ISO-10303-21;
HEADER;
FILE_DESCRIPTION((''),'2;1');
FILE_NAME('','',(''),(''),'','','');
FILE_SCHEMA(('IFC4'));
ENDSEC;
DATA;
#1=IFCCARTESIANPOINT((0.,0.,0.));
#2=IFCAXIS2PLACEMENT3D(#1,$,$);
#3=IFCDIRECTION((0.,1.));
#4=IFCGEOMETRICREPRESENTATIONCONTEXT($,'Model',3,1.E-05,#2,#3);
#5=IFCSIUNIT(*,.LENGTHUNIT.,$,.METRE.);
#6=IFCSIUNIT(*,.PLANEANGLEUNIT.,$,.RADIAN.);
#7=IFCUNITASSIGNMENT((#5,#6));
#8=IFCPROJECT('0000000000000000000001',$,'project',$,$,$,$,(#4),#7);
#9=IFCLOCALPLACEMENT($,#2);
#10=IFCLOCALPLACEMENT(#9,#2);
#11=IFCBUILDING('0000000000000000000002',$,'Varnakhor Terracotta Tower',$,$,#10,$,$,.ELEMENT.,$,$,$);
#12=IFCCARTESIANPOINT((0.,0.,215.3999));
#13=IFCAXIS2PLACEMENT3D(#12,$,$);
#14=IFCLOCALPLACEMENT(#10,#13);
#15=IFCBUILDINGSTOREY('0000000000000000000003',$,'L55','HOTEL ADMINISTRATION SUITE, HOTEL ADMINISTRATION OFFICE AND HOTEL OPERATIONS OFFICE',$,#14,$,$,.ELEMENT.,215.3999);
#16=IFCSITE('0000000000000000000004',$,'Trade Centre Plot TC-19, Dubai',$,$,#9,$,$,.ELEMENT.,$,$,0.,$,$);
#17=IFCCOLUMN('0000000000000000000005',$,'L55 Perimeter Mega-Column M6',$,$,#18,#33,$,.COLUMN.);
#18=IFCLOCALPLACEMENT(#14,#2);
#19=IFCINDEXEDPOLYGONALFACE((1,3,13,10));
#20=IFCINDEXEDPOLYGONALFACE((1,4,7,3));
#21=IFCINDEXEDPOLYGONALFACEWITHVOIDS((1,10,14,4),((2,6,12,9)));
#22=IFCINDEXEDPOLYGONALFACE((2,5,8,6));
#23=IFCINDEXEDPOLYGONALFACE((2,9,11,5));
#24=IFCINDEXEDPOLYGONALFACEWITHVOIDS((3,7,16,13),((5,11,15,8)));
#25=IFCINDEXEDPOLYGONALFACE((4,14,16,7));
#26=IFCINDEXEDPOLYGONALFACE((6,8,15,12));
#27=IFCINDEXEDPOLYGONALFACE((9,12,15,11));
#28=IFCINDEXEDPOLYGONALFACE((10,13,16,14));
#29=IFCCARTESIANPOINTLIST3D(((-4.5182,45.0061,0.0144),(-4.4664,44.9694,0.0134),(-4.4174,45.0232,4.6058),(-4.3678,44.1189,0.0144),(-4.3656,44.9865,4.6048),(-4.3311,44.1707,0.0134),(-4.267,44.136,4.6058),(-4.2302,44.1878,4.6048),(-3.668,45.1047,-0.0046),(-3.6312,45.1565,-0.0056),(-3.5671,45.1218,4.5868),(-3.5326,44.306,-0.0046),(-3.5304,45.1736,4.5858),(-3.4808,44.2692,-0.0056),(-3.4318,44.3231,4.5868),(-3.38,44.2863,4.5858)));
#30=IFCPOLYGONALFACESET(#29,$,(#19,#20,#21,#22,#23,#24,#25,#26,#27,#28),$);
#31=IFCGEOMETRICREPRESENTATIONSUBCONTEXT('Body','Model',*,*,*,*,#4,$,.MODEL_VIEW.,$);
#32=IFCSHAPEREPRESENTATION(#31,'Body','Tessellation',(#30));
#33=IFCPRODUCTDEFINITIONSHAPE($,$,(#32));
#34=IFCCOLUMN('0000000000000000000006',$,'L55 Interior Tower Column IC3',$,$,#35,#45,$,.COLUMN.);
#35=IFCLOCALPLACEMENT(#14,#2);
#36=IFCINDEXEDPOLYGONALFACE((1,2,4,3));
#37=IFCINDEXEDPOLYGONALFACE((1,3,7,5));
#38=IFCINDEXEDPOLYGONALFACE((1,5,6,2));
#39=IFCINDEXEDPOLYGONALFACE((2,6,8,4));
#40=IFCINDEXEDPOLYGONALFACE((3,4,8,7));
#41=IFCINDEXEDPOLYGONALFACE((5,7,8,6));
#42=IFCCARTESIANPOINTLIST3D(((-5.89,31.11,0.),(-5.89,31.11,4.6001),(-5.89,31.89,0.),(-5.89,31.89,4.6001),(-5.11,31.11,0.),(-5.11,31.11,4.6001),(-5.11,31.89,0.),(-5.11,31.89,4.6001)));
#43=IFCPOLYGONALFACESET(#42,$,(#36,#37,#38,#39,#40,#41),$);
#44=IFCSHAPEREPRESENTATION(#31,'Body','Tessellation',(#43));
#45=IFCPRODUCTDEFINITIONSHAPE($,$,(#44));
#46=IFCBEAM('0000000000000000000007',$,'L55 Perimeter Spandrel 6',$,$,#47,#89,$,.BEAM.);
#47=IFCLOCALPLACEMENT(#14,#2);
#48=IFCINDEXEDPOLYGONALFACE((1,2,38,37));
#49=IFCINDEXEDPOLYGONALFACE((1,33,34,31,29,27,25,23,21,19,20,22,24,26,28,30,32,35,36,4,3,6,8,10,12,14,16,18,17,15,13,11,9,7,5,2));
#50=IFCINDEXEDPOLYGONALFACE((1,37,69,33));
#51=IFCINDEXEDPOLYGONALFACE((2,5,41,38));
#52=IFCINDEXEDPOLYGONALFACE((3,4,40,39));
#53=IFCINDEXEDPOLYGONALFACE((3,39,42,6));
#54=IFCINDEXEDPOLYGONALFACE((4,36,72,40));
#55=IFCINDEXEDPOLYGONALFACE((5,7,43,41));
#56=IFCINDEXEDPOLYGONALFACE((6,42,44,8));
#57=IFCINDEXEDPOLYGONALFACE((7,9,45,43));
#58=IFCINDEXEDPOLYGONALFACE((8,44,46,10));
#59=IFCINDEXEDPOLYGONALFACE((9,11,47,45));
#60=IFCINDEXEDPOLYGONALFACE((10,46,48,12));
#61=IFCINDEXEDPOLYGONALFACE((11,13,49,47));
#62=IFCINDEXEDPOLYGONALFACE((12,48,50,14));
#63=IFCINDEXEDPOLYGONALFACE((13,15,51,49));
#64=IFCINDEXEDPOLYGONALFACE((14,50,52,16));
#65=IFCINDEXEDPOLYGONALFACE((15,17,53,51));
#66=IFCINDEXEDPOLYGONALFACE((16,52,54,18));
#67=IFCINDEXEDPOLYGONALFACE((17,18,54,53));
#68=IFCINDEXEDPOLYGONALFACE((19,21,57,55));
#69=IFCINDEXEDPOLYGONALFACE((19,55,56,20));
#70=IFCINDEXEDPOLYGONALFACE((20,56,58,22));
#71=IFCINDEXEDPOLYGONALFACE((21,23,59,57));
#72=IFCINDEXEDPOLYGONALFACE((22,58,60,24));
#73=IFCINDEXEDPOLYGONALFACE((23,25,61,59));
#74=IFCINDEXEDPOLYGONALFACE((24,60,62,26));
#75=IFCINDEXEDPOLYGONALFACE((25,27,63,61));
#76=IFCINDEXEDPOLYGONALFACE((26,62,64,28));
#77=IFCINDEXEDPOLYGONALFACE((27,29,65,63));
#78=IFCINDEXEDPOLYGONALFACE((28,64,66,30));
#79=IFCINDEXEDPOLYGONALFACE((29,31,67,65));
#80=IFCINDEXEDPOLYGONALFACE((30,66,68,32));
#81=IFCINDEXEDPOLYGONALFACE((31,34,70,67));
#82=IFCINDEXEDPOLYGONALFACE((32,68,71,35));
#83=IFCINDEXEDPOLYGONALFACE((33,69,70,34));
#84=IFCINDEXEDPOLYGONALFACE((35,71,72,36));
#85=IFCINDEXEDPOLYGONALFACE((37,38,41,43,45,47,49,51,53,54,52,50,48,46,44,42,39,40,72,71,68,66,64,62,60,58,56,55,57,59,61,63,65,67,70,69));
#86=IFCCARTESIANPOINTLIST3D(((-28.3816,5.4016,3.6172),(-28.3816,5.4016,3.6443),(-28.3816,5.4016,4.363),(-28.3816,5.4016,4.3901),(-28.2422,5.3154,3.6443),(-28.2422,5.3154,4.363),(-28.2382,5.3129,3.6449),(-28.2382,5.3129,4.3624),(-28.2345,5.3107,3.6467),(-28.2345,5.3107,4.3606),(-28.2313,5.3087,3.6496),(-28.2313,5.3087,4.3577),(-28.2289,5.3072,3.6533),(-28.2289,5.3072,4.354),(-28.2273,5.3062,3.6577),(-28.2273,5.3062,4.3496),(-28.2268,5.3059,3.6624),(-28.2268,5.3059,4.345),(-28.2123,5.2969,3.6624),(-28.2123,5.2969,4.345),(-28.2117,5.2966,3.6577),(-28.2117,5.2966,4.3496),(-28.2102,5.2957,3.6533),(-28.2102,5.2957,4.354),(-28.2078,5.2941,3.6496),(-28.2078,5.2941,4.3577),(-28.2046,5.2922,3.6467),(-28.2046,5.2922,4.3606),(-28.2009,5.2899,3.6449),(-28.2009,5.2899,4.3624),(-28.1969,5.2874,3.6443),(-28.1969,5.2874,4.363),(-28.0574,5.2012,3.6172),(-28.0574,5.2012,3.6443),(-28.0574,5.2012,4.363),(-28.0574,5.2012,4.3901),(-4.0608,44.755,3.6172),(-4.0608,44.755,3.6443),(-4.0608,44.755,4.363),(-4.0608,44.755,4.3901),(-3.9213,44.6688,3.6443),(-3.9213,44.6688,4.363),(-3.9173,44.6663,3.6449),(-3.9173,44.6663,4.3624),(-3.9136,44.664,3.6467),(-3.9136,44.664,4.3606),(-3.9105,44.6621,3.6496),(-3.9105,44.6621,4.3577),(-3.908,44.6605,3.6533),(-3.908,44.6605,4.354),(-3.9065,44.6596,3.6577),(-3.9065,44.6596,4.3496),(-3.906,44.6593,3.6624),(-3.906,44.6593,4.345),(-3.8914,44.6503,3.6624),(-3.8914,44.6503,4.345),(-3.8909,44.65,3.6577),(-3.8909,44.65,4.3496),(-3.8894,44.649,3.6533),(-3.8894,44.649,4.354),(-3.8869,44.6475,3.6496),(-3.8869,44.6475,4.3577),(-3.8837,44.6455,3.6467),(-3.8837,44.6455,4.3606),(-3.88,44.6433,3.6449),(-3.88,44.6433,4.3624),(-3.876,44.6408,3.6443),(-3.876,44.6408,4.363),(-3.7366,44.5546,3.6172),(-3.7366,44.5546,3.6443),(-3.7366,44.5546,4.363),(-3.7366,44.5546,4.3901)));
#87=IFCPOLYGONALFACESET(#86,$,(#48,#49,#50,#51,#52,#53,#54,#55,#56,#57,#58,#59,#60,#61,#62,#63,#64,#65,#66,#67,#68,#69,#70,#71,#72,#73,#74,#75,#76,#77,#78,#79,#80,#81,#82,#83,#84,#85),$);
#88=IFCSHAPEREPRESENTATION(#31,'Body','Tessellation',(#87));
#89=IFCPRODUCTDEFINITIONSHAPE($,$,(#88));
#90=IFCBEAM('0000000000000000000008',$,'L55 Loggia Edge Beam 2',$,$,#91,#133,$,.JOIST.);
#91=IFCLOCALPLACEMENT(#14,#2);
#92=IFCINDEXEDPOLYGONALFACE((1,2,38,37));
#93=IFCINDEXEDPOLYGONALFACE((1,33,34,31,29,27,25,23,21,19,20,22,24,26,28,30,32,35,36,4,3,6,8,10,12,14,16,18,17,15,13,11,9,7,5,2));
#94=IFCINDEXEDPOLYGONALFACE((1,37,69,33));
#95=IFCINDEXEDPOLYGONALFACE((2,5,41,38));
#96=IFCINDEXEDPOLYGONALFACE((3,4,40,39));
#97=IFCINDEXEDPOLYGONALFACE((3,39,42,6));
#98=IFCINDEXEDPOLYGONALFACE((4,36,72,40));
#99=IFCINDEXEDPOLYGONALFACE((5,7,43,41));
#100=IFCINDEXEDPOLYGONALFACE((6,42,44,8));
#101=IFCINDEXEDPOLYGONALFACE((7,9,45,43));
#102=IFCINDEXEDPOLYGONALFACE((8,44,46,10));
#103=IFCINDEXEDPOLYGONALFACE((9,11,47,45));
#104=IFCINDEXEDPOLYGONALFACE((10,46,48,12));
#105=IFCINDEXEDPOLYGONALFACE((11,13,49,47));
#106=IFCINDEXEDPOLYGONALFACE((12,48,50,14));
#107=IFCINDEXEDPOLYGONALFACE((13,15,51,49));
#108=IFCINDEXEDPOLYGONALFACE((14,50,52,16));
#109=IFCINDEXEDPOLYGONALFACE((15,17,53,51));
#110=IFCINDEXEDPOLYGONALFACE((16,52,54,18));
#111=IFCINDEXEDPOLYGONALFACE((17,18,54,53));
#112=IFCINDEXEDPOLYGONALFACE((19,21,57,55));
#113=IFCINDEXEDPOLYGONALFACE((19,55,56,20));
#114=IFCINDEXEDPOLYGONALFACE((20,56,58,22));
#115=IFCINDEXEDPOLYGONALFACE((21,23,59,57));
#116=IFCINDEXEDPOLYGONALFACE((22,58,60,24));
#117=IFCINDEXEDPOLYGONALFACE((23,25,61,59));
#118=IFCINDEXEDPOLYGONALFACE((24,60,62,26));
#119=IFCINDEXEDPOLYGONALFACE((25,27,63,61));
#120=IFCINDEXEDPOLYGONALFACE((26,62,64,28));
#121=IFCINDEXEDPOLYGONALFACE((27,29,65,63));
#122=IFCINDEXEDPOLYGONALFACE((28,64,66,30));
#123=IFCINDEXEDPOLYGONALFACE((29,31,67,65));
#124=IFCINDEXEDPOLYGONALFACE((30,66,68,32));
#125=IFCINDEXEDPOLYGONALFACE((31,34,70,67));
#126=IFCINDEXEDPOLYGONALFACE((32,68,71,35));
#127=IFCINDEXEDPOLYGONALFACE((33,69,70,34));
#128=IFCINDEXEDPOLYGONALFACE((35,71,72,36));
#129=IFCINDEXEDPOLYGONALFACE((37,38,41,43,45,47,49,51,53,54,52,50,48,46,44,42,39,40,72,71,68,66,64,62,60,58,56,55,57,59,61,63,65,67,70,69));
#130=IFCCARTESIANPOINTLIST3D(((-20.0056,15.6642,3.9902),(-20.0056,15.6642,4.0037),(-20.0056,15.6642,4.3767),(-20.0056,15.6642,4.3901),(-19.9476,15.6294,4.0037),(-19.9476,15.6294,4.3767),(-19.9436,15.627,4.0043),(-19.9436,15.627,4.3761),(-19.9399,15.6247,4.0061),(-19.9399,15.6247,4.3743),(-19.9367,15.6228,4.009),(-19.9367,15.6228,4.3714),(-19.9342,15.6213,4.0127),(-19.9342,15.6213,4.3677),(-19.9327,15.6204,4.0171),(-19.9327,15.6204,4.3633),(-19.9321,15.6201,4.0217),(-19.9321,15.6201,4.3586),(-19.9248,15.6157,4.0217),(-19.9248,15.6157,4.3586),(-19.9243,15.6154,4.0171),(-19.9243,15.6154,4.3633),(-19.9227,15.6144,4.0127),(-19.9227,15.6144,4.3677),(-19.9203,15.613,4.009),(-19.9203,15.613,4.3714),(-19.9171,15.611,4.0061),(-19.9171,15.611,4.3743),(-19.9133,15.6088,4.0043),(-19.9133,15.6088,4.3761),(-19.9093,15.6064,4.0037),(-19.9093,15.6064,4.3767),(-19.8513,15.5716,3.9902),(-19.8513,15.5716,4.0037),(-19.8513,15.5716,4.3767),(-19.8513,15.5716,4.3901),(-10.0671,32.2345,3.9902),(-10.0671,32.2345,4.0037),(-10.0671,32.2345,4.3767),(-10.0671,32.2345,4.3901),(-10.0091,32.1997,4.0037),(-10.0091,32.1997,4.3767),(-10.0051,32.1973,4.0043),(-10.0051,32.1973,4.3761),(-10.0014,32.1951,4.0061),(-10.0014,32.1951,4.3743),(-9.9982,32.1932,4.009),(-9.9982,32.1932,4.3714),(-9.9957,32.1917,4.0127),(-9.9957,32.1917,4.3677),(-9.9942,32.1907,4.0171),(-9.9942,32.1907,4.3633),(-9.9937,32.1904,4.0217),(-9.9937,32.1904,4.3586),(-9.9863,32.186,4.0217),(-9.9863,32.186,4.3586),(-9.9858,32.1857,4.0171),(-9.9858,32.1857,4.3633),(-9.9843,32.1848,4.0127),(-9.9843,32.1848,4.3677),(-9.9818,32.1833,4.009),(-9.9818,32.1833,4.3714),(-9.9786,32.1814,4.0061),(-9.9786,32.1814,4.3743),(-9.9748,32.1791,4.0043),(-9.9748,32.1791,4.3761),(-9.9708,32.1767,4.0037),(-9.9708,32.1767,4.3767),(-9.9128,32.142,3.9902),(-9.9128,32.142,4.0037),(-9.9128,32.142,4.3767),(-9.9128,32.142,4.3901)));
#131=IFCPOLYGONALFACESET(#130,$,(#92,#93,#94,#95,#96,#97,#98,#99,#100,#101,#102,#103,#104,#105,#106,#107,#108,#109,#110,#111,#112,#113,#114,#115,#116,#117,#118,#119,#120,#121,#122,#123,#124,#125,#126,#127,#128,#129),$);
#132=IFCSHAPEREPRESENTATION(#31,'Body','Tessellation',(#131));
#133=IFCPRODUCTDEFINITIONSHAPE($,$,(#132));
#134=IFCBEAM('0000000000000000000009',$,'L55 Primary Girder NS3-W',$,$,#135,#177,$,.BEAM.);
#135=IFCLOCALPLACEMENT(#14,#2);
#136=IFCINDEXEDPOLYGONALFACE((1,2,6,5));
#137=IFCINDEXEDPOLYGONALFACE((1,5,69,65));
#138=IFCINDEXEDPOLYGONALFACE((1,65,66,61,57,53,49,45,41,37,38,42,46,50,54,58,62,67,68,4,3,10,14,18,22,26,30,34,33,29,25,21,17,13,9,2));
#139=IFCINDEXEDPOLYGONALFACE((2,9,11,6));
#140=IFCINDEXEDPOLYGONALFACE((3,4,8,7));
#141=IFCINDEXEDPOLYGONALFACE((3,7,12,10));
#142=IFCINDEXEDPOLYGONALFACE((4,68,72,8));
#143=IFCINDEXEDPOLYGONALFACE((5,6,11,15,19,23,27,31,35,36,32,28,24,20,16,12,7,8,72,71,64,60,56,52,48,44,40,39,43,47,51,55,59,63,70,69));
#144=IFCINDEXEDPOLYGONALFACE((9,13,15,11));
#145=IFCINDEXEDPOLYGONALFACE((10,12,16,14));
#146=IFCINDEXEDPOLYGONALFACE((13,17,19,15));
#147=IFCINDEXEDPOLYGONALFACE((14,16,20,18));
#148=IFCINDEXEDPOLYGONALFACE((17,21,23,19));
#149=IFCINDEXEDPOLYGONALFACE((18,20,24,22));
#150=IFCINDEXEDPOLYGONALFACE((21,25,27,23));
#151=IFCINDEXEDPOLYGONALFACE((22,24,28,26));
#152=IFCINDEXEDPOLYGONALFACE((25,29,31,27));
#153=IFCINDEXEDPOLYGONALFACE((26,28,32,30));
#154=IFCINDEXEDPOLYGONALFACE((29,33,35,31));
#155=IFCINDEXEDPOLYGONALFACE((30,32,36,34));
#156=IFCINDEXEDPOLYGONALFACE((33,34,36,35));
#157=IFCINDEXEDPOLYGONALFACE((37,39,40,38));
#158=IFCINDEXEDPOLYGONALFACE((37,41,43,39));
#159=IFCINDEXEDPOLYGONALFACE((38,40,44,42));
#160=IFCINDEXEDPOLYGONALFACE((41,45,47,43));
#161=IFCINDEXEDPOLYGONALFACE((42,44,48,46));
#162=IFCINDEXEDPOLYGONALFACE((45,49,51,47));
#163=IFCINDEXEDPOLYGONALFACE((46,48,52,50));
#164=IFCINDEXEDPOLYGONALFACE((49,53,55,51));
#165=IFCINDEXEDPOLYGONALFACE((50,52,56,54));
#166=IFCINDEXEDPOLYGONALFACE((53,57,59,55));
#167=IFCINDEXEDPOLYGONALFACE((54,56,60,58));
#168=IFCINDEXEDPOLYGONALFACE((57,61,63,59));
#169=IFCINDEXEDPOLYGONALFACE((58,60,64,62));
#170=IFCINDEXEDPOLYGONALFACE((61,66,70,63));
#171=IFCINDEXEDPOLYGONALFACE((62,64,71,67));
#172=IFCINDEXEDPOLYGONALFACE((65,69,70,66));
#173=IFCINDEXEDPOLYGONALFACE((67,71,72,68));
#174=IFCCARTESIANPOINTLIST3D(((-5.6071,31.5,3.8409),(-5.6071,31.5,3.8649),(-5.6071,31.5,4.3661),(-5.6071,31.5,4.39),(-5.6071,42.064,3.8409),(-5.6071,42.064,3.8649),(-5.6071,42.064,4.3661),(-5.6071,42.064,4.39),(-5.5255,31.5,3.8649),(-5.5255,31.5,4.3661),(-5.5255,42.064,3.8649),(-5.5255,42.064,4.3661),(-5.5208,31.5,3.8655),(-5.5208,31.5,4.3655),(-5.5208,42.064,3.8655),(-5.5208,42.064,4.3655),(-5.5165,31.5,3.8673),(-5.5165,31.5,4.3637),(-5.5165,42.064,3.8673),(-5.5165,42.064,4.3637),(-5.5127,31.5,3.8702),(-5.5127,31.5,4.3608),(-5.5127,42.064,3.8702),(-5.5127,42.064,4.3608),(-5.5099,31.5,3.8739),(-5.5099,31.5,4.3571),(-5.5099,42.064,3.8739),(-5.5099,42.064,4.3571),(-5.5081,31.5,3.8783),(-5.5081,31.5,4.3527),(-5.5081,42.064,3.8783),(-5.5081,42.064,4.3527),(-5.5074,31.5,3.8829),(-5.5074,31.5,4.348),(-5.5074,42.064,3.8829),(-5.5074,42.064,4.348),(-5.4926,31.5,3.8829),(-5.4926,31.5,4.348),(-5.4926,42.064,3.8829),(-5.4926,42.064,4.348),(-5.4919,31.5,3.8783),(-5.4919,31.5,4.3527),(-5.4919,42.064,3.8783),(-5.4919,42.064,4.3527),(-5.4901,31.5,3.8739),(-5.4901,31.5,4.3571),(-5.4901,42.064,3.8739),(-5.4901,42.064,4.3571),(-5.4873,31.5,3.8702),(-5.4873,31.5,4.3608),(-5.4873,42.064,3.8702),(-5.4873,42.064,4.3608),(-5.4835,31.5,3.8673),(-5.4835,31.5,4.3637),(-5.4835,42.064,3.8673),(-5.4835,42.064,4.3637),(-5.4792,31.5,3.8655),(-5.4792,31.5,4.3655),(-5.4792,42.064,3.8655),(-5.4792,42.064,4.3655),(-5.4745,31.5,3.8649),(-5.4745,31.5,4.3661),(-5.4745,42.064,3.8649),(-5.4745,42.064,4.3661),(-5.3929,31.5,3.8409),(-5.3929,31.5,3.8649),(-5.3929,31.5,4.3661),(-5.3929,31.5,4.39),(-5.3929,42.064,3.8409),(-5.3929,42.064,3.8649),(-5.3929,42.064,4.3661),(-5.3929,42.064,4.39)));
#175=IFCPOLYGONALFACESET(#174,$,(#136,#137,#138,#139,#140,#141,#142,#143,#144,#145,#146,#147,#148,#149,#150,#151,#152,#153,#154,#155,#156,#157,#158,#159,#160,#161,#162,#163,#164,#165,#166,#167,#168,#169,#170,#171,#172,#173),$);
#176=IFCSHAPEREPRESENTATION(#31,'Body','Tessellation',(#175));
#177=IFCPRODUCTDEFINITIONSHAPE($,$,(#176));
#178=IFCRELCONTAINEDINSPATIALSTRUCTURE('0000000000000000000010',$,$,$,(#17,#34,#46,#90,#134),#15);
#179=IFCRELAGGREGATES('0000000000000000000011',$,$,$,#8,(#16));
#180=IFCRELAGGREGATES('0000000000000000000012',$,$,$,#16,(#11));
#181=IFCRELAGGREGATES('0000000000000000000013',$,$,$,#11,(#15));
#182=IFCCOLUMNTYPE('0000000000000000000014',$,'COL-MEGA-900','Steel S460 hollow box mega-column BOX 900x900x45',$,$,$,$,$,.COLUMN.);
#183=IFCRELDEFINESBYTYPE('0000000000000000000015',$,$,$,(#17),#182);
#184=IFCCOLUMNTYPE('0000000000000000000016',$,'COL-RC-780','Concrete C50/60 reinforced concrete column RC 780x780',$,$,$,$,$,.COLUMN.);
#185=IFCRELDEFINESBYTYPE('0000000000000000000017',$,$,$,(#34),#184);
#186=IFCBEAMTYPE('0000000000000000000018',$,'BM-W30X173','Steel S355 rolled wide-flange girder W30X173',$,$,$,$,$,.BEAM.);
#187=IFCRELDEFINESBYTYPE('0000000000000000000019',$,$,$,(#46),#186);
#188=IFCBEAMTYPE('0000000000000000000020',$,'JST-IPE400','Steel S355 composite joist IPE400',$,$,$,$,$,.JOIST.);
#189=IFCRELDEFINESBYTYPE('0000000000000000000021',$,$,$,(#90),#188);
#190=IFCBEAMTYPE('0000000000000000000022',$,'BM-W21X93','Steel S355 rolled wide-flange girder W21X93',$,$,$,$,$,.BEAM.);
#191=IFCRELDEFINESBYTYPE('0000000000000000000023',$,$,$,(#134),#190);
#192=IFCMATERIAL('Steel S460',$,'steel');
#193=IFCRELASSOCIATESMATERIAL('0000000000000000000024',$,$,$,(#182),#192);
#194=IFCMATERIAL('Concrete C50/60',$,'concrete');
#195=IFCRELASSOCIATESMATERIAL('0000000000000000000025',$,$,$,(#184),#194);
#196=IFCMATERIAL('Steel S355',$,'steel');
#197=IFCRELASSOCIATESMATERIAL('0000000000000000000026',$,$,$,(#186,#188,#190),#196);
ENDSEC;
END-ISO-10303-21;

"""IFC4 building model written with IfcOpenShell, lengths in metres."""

from ifc_helpers import new_model, si_unit, direction, frame, origin, origin_2d, place, context, subcontext, project, spatial, rectangle, hollow_rectangle, i_section, extrude, source, transform, mapped, material, material_profile, profile_set, type_object, type_shapes, element, save


model = new_model("IFC4")

# Units and contexts
model_context = context("Model", 3, precision=1e-05, world=origin(), true_north=direction((0.0, 1.0)))
body_context = subcontext(model_context, "Body", "Model", "MODEL_VIEW")
ifc_project = project(units=[si_unit("LENGTHUNIT", "METRE"), si_unit("PLANEANGLEUNIT", "RADIAN")], contexts=[model_context])

# Site, building, storey
site_placement = place(None, origin())
site = spatial("IfcSite", under=ifc_project, at=site_placement, Name="Trade Centre Plot TC-19, Dubai", CompositionType="ELEMENT", RefElevation=0.0)
building_placement = place(site_placement, origin())
building = spatial("IfcBuilding", under=site, at=building_placement, Name="Varnakhor Terracotta Tower", CompositionType="ELEMENT")
storey_placement = place(building_placement, frame((0.0, 0.0, 215.3999)))
storey = spatial("IfcBuildingStorey", under=building, at=storey_placement, Name="L55", Description="HOTEL ADMINISTRATION SUITE, HOTEL ADMINISTRATION OFFICE AND HOTEL OPERATIONS OFFICE", CompositionType="ELEMENT", Elevation=215.3999)

# Columns
ifc_material_1 = material(Name="Steel S460", Category="steel")
ifc_material_profile_1 = material_profile(ifc_material_1, hollow_rectangle(XDim=0.8999, YDim=0.8999, WallThickness=0.0449, at=origin_2d()), Name="BOX 900x900x45")
ifc_profile_set_1 = profile_set([ifc_material_profile_1], Name="Steel S460")
column_type_1 = type_object("IfcColumnType", Name="COL-MEGA-900", Description="Steel S460 hollow box mega-column BOX 900x900x45", PredefinedType="COLUMN", material=ifc_profile_set_1)
shared_shape_1 = source(origin(), body_context, "Body", "SweptSolid", [
    extrude(hollow_rectangle(XDim=0.8999, YDim=0.8999, WallThickness=0.0449, at=origin_2d()), origin(), (0.0, 0.0, 1.0), 4.5925),
])
column_1_placement = place(storey_placement, frame((-3.9995, 44.6377, 0.0044), z_axis=(0.021956, 0.003721, 0.999752), x_axis=(-0.167108, 0.985939, 0.0)))
element("IfcColumn", 1, at=column_1_placement, inside=storey, type_object=column_type_1, Name="L55 Perimeter Mega-Column M6", PredefinedType="COLUMN", context=body_context, shape_type="MappedRepresentation", body=[
    mapped(shared_shape_1, transform((0.0, 0.0, 0.0), scale=1.0)),
])
ifc_material_2 = material(Name="Concrete C50/60", Category="concrete")
ifc_material_profile_2 = material_profile(ifc_material_2, rectangle(XDim=0.78, YDim=0.78, at=origin_2d()), Name="RC 780x780")
ifc_profile_set_2 = profile_set([ifc_material_profile_2], Name="Concrete C50/60")
column_type_2 = type_object("IfcColumnType", Name="COL-RC-780", Description="Concrete C50/60 reinforced concrete column RC 780x780", PredefinedType="COLUMN", material=ifc_profile_set_2)
shared_shape_2 = source(origin(), body_context, "Body", "SweptSolid", [
    extrude(rectangle(XDim=0.78, YDim=0.78, at=origin_2d()), origin(), (0.0, 0.0, 1.0), 4.6001),
])
type_shapes(column_type_2, [shared_shape_2])
column_2_placement = place(storey_placement, frame((-5.5, 31.5, 0.0), z_axis=(0.0, 0.0, 1.0), x_axis=(1.0, 0.0, 0.0)))
element("IfcColumn", 2, at=column_2_placement, inside=storey, type_object=column_type_2, Name="L55 Interior Tower Column IC3", PredefinedType="COLUMN", context=body_context, shape_type="MappedRepresentation", body=[
    mapped(shared_shape_2, transform((0.0, 0.0, 0.0), scale=1.0)),
])

# Beams
ifc_material_3 = material(Name="Steel S355", Category="steel")
ifc_material_profile_3 = material_profile(ifc_material_3, i_section(OverallWidth=0.3811, OverallDepth=0.7729, WebThickness=0.0171, FlangeThickness=0.0271, FilletRadius=0.0181, at=origin_2d()), Name="W30X173")
ifc_profile_set_3 = profile_set([ifc_material_profile_3], Name="Steel S355")
beam_type_1 = type_object("IfcBeamType", Name="BM-W30X173", Description="Steel S355 rolled wide-flange girder W30X173", PredefinedType="BEAM", material=ifc_profile_set_3)
shared_shape_3 = source(origin(), body_context, "Body", "SweptSolid", [
    extrude(i_section(OverallWidth=0.3811, OverallDepth=0.7729, WebThickness=0.0171, FlangeThickness=0.0271, FilletRadius=0.0181, at=origin_2d()), origin(), (0.0, 0.0, 1.0), 46.2622),
])
beam_1_placement = place(storey_placement, frame((-3.8987, 44.6548, 4.0037), z_axis=(-0.525718, -0.850659, 0.0), x_axis=(0.850659, -0.525718, 0.0)))
element("IfcBeam", 3, at=beam_1_placement, inside=storey, type_object=beam_type_1, Name="L55 Perimeter Spandrel 6", PredefinedType="BEAM", context=body_context, shape_type="MappedRepresentation", body=[
    mapped(shared_shape_3, transform((0.0, 0.0, 0.0), scale=1.0)),
])
ifc_material_profile_4 = material_profile(ifc_material_3, i_section(OverallWidth=0.1799, OverallDepth=0.3999, WebThickness=0.0085, FlangeThickness=0.0134, FilletRadius=0.0181, at=origin_2d()), Name="IPE400")
ifc_profile_set_4 = profile_set([ifc_material_profile_4], Name="Steel S355")
beam_type_2 = type_object("IfcBeamType", Name="JST-IPE400", Description="Steel S355 composite joist IPE400", PredefinedType="JOIST", material=ifc_profile_set_4)
shared_shape_4 = source(origin(), body_context, "Body", "SweptSolid", [
    extrude(i_section(OverallWidth=0.1799, OverallDepth=0.3999, WebThickness=0.0085, FlangeThickness=0.0134, FilletRadius=0.0181, at=origin_2d()), origin(), (0.0, 0.0, 1.0), 19.3223),
])
beam_2_placement = place(storey_placement, frame((-9.99, 32.1882, 4.1902), z_axis=(-0.514355, -0.857578, 0.0), x_axis=(0.857578, -0.514355, 0.0)))
element("IfcBeam", 4, at=beam_2_placement, inside=storey, type_object=beam_type_2, Name="L55 Loggia Edge Beam 2", PredefinedType="JOIST", context=body_context, shape_type="MappedRepresentation", body=[
    mapped(shared_shape_4, transform((0.0, 0.0, 0.0), scale=1.0)),
])
ifc_material_profile_5 = material_profile(ifc_material_3, i_section(OverallWidth=0.2141, OverallDepth=0.5491, WebThickness=0.0149, FlangeThickness=0.0239, FilletRadius=0.0181, at=origin_2d()), Name="W21X93")
ifc_profile_set_5 = profile_set([ifc_material_profile_5], Name="Steel S355")
beam_type_3 = type_object("IfcBeamType", Name="BM-W21X93", Description="Steel S355 rolled wide-flange girder W21X93", PredefinedType="BEAM", material=ifc_profile_set_5)
shared_shape_5 = source(origin(), body_context, "Body", "SweptSolid", [
    extrude(i_section(OverallWidth=0.2141, OverallDepth=0.5491, WebThickness=0.0149, FlangeThickness=0.0239, FilletRadius=0.0181, at=origin_2d()), origin(), (0.0, 0.0, 1.0), 10.564),
])
beam_3_placement = place(storey_placement, frame((-5.5, 31.5, 4.1155), z_axis=(0.0, 1.0, 0.0), x_axis=(-1.0, 0.0, 0.0)))
element("IfcBeam", 5, at=beam_3_placement, inside=storey, type_object=beam_type_3, Name="L55 Primary Girder NS3-W", PredefinedType="BEAM", context=body_context, shape_type="MappedRepresentation", body=[
    mapped(shared_shape_5, transform((0.0, 0.0, 0.0), scale=1.0)),
])

save(model, "model.ifc")
